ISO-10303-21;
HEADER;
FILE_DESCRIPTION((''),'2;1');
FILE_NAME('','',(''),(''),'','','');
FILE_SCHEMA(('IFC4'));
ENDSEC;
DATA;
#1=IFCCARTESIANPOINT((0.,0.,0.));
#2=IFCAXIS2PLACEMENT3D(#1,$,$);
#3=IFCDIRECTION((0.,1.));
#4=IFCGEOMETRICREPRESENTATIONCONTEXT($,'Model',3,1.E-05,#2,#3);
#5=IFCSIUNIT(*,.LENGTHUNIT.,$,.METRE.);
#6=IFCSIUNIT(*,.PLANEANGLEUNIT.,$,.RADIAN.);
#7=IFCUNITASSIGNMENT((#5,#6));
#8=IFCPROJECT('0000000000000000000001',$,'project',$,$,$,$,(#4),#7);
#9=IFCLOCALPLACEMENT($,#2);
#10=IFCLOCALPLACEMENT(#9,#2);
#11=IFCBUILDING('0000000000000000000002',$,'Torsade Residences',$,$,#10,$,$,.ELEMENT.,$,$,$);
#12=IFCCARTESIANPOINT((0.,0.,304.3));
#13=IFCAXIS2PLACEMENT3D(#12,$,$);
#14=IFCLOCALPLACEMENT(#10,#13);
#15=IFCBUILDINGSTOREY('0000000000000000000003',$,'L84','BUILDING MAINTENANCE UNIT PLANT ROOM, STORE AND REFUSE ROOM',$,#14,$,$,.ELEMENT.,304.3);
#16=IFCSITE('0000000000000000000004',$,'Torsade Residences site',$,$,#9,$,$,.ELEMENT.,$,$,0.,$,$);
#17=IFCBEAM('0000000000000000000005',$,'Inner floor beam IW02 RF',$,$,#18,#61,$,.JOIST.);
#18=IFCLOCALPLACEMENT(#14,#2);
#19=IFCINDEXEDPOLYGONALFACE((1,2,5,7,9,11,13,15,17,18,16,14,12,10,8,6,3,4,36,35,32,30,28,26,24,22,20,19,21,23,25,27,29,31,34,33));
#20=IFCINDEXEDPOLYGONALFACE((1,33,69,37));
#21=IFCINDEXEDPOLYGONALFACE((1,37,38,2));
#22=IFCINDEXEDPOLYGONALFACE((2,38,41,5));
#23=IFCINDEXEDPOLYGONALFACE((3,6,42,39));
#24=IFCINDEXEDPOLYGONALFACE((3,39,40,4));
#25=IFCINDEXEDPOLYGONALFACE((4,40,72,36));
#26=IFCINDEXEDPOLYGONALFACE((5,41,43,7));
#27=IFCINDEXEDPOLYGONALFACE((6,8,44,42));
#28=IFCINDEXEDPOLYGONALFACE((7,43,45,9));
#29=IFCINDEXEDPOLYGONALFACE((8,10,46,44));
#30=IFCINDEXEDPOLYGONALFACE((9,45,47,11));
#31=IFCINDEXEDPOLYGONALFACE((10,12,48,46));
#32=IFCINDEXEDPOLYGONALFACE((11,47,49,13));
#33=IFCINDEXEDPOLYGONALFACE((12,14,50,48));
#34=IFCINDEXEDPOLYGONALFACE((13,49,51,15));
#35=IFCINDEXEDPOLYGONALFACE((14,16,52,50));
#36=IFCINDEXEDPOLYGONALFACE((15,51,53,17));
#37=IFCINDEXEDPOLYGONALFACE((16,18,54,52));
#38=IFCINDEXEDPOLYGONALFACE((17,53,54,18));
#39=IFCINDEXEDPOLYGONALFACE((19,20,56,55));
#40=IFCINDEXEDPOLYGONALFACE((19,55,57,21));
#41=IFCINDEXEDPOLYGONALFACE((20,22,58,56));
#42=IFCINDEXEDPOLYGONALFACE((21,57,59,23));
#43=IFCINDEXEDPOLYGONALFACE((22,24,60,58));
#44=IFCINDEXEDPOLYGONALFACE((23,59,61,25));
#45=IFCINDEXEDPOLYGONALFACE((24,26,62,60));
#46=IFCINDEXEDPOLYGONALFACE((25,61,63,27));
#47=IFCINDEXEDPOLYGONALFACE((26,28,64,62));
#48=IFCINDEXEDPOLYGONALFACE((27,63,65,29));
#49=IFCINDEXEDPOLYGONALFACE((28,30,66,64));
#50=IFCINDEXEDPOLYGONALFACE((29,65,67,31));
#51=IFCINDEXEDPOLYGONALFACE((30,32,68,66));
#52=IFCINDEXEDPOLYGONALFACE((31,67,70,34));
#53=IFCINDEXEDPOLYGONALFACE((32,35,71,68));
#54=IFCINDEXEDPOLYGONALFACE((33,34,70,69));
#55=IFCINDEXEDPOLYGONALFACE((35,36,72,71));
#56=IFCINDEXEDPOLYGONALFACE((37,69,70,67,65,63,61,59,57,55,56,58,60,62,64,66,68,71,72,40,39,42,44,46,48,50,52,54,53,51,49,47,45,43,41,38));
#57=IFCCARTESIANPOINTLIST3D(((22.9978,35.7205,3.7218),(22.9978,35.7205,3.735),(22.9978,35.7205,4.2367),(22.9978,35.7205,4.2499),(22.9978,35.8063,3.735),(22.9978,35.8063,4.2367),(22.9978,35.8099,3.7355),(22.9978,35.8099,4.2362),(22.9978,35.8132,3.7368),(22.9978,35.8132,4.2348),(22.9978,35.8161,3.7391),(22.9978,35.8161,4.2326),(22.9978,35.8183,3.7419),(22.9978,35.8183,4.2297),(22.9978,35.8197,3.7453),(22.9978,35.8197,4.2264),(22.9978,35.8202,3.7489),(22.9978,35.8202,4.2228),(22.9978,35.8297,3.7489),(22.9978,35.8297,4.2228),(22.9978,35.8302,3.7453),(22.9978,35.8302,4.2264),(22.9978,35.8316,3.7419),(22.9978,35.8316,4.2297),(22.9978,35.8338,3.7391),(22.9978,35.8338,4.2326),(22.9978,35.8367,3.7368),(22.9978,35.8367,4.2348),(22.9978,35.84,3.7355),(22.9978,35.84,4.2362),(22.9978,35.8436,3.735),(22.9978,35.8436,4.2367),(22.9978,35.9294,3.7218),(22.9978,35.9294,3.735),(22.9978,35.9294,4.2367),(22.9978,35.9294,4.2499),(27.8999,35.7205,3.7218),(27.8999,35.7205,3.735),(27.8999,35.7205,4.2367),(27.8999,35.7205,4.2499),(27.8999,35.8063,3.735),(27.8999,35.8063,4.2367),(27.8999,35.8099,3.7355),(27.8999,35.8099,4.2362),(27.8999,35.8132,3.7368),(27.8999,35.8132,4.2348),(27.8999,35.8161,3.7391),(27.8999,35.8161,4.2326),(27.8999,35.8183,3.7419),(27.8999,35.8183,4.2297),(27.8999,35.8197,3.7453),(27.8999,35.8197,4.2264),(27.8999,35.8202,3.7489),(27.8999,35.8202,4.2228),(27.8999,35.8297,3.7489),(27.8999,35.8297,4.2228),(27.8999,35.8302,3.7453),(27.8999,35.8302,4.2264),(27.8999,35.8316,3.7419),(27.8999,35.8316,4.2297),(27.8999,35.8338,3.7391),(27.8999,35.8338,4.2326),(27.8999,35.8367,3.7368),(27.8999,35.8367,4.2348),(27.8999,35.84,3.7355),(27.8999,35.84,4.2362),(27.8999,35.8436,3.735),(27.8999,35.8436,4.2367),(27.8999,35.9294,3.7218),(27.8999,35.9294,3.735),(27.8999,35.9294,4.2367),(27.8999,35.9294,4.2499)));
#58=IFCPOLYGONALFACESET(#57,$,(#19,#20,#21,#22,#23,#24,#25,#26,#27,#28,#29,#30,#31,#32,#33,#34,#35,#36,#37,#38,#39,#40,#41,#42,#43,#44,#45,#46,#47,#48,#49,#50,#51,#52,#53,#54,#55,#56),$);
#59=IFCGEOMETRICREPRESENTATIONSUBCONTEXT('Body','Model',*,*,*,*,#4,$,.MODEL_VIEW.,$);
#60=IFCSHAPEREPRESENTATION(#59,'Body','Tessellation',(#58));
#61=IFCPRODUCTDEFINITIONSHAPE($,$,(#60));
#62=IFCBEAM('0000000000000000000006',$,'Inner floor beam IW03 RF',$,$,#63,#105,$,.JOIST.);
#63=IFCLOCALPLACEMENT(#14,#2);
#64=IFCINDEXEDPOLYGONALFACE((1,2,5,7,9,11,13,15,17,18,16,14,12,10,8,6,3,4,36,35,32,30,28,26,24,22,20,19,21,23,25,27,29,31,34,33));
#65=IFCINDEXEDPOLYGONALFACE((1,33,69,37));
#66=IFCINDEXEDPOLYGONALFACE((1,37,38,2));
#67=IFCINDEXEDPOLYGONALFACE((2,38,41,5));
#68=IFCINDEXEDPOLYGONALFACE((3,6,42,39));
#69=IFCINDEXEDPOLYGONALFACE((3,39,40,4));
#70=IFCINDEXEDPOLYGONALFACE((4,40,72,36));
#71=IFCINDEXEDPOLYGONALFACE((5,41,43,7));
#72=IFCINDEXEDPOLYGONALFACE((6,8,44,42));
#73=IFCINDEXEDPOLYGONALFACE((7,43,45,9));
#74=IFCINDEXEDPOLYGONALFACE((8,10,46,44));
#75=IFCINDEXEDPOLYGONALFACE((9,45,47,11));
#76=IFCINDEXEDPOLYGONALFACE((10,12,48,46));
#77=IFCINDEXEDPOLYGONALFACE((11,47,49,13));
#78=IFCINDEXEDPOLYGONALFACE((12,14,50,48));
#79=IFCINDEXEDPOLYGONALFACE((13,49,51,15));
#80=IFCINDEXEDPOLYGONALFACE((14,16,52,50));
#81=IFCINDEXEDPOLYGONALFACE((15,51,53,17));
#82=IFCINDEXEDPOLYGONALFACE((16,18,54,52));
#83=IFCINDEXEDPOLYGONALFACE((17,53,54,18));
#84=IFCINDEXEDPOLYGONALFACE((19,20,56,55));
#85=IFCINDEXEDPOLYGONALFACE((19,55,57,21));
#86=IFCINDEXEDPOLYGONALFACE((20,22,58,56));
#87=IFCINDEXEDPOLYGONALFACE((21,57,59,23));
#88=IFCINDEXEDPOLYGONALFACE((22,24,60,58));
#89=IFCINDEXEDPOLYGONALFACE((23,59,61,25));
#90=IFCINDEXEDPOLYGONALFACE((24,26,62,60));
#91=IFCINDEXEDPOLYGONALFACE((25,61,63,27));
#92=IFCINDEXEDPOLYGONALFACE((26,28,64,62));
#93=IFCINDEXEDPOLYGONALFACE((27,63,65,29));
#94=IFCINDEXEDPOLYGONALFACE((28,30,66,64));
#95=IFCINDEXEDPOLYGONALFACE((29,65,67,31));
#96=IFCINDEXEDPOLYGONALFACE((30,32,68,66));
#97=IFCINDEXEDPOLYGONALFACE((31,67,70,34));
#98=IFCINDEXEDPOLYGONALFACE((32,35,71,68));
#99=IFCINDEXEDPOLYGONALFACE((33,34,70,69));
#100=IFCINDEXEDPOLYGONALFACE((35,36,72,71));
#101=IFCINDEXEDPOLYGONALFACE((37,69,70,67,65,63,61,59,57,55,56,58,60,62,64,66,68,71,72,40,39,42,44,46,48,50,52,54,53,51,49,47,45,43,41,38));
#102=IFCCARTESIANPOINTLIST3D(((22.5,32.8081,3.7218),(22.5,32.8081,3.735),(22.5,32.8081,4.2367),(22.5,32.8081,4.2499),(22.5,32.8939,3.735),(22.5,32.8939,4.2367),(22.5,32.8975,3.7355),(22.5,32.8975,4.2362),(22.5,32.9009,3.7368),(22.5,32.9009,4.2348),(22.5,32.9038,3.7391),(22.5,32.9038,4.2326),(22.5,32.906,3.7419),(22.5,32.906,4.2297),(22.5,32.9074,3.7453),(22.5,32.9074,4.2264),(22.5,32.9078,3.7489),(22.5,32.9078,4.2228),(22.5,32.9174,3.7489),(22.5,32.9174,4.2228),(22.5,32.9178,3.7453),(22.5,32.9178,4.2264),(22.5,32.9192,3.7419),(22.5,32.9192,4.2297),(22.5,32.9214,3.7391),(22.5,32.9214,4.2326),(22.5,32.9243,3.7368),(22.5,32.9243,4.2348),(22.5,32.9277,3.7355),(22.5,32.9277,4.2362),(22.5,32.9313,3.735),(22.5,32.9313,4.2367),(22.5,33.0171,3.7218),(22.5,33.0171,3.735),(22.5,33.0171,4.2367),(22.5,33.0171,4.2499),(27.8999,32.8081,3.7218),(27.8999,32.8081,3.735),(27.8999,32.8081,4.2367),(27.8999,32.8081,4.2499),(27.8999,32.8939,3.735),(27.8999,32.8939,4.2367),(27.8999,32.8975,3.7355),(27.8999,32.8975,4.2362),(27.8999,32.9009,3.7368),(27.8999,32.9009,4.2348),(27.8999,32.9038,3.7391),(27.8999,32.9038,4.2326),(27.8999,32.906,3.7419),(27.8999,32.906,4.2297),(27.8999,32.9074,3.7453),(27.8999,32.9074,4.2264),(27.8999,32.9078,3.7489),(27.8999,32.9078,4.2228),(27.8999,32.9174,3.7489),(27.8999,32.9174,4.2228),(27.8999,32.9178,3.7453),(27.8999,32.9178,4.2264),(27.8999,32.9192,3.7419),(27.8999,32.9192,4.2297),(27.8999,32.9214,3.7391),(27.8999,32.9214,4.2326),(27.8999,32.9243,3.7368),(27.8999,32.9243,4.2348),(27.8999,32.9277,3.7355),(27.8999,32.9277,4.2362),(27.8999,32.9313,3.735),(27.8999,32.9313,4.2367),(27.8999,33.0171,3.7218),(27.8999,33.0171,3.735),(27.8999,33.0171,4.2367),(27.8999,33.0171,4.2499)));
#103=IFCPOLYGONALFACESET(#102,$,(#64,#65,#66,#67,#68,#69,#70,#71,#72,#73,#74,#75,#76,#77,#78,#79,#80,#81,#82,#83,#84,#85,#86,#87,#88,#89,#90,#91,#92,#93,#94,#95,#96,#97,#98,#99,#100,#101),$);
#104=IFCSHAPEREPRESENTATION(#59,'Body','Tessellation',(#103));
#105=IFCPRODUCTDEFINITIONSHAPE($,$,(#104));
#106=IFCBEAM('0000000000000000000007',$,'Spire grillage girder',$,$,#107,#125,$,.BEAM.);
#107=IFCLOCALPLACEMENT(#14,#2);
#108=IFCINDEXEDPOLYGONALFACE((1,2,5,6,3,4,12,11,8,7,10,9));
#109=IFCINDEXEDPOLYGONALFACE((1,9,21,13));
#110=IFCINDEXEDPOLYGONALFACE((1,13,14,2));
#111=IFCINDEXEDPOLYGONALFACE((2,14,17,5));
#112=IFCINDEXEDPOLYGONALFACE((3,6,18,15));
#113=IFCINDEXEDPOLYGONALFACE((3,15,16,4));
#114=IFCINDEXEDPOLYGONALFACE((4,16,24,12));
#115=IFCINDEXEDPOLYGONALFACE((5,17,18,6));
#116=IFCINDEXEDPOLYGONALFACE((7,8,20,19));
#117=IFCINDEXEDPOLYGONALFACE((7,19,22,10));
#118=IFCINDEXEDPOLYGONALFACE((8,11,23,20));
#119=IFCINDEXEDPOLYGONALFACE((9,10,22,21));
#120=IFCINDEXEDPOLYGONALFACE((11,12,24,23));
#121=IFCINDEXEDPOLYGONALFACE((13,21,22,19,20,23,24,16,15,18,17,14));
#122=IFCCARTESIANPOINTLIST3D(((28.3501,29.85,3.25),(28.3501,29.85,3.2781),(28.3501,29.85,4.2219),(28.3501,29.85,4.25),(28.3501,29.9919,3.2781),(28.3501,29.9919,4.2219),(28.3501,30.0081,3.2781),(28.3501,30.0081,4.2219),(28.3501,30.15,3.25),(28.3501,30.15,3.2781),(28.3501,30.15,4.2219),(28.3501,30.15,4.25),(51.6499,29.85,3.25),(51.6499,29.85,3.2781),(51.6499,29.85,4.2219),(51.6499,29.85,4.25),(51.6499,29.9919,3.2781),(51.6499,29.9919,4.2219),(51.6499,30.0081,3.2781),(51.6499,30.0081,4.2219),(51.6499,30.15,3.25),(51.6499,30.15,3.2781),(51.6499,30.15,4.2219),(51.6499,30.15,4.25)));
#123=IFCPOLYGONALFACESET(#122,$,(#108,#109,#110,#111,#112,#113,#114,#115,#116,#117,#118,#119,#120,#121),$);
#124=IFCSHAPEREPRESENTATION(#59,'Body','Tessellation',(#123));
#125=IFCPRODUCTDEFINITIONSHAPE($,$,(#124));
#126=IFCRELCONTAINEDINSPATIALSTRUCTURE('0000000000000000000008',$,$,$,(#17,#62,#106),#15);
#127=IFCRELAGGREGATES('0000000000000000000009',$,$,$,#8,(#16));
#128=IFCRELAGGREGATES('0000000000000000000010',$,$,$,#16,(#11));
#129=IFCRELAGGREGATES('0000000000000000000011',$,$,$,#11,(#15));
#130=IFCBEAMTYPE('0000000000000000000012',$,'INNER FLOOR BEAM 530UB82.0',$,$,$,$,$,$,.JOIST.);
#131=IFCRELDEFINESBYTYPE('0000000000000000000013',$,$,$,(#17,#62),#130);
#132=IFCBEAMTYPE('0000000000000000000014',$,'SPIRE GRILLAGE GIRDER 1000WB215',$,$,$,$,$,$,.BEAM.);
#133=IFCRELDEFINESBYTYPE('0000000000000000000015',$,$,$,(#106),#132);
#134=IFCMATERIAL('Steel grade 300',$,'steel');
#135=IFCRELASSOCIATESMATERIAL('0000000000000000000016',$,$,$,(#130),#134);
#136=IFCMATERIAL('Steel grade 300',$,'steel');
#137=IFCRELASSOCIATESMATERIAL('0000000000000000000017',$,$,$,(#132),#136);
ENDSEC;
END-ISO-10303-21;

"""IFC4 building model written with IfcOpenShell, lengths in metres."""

from ifc_helpers import new_model, si_unit, direction, frame, origin, origin_2d, place, context, subcontext, project, spatial, i_section, extrude, material, material_profile, profile_set, type_object, element, save


model = new_model("IFC4")

# Units and contexts
model_context = context("Model", 3, precision=1e-05, world=origin(), true_north=direction((0.0, 1.0)))
body_context = subcontext(model_context, "Body", "Model", "MODEL_VIEW")
ifc_project = project(units=[si_unit("LENGTHUNIT", "METRE"), si_unit("PLANEANGLEUNIT", "RADIAN")], contexts=[model_context])

# Site, building, storey
site_placement = place(None, origin())
site = spatial("IfcSite", under=ifc_project, at=site_placement, Name="Torsade Residences site", CompositionType="ELEMENT", RefElevation=0.0)
building_placement = place(site_placement, origin())
building = spatial("IfcBuilding", under=site, at=building_placement, Name="Torsade Residences", CompositionType="ELEMENT")
storey_placement = place(building_placement, frame((0.0, 0.0, 304.3)))
storey = spatial("IfcBuildingStorey", under=building, at=storey_placement, Name="L84", Description="BUILDING MAINTENANCE UNIT PLANT ROOM, STORE AND REFUSE ROOM", CompositionType="ELEMENT", Elevation=304.3)

# Beams
ifc_material_1 = material(Name="Steel grade 300", Category="steel")
ifc_material_profile_1 = material_profile(ifc_material_1, i_section(OverallWidth=0.209, OverallDepth=0.5281, WebThickness=0.0095, FlangeThickness=0.0132, FilletRadius=0.0139, at=origin_2d()), Name="530UB82.0")
ifc_profile_set_1 = profile_set([ifc_material_profile_1], Name="Steel grade 300")
beam_type_1 = type_object("IfcBeamType", Name="INNER FLOOR BEAM 530UB82.0", PredefinedType="JOIST", material=ifc_profile_set_1)
beam_1_placement = place(storey_placement, frame((27.8999, 35.825, 3.9858), z_axis=(-1.0, 0.0, 0.0), x_axis=(0.0, -1.0, 0.0)))
element("IfcBeam", 1, at=beam_1_placement, inside=storey, type_object=beam_type_1, Name="Inner floor beam IW02 RF", PredefinedType="JOIST", context=body_context, shape_type="SweptSolid", body=[
    extrude(i_section(OverallWidth=0.209, OverallDepth=0.5281, WebThickness=0.0095, FlangeThickness=0.0132, FilletRadius=0.0139, at=origin_2d()), origin(), (0.0, 0.0, 1.0), 4.9021),
])
beam_2_placement = place(storey_placement, frame((27.8999, 32.9126, 3.9858), z_axis=(-1.0, 0.0, 0.0), x_axis=(0.0, -1.0, 0.0)))
element("IfcBeam", 2, at=beam_2_placement, inside=storey, type_object=beam_type_1, Name="Inner floor beam IW03 RF", PredefinedType="JOIST", context=body_context, shape_type="SweptSolid", body=[
    extrude(i_section(OverallWidth=0.209, OverallDepth=0.5281, WebThickness=0.0095, FlangeThickness=0.0132, FilletRadius=0.0139, at=origin_2d()), origin(), (0.0, 0.0, 1.0), 5.3999),
])
ifc_material_2 = material(Name="Steel grade 300", Category="steel")
ifc_material_profile_2 = material_profile(ifc_material_2, i_section(OverallWidth=0.3, OverallDepth=1.0, WebThickness=0.0161, FlangeThickness=0.0281, at=origin_2d()), Name="1000WB215")
ifc_profile_set_2 = profile_set([ifc_material_profile_2], Name="Steel grade 300")
beam_type_2 = type_object("IfcBeamType", Name="SPIRE GRILLAGE GIRDER 1000WB215", PredefinedType="BEAM", material=ifc_profile_set_2)
beam_3_placement = place(storey_placement, frame((28.3501, 30.0, 3.75), z_axis=(1.0, 0.0, 0.0), x_axis=(0.0, 1.0, 0.0)))
element("IfcBeam", 3, at=beam_3_placement, inside=storey, type_object=beam_type_2, Name="Spire grillage girder", PredefinedType="BEAM", context=body_context, shape_type="SweptSolid", body=[
    extrude(i_section(OverallWidth=0.3, OverallDepth=1.0, WebThickness=0.0161, FlangeThickness=0.0281, at=origin_2d()), origin(), (0.0, 0.0, 1.0), 23.2998),
])

save(model, "model.ifc")
